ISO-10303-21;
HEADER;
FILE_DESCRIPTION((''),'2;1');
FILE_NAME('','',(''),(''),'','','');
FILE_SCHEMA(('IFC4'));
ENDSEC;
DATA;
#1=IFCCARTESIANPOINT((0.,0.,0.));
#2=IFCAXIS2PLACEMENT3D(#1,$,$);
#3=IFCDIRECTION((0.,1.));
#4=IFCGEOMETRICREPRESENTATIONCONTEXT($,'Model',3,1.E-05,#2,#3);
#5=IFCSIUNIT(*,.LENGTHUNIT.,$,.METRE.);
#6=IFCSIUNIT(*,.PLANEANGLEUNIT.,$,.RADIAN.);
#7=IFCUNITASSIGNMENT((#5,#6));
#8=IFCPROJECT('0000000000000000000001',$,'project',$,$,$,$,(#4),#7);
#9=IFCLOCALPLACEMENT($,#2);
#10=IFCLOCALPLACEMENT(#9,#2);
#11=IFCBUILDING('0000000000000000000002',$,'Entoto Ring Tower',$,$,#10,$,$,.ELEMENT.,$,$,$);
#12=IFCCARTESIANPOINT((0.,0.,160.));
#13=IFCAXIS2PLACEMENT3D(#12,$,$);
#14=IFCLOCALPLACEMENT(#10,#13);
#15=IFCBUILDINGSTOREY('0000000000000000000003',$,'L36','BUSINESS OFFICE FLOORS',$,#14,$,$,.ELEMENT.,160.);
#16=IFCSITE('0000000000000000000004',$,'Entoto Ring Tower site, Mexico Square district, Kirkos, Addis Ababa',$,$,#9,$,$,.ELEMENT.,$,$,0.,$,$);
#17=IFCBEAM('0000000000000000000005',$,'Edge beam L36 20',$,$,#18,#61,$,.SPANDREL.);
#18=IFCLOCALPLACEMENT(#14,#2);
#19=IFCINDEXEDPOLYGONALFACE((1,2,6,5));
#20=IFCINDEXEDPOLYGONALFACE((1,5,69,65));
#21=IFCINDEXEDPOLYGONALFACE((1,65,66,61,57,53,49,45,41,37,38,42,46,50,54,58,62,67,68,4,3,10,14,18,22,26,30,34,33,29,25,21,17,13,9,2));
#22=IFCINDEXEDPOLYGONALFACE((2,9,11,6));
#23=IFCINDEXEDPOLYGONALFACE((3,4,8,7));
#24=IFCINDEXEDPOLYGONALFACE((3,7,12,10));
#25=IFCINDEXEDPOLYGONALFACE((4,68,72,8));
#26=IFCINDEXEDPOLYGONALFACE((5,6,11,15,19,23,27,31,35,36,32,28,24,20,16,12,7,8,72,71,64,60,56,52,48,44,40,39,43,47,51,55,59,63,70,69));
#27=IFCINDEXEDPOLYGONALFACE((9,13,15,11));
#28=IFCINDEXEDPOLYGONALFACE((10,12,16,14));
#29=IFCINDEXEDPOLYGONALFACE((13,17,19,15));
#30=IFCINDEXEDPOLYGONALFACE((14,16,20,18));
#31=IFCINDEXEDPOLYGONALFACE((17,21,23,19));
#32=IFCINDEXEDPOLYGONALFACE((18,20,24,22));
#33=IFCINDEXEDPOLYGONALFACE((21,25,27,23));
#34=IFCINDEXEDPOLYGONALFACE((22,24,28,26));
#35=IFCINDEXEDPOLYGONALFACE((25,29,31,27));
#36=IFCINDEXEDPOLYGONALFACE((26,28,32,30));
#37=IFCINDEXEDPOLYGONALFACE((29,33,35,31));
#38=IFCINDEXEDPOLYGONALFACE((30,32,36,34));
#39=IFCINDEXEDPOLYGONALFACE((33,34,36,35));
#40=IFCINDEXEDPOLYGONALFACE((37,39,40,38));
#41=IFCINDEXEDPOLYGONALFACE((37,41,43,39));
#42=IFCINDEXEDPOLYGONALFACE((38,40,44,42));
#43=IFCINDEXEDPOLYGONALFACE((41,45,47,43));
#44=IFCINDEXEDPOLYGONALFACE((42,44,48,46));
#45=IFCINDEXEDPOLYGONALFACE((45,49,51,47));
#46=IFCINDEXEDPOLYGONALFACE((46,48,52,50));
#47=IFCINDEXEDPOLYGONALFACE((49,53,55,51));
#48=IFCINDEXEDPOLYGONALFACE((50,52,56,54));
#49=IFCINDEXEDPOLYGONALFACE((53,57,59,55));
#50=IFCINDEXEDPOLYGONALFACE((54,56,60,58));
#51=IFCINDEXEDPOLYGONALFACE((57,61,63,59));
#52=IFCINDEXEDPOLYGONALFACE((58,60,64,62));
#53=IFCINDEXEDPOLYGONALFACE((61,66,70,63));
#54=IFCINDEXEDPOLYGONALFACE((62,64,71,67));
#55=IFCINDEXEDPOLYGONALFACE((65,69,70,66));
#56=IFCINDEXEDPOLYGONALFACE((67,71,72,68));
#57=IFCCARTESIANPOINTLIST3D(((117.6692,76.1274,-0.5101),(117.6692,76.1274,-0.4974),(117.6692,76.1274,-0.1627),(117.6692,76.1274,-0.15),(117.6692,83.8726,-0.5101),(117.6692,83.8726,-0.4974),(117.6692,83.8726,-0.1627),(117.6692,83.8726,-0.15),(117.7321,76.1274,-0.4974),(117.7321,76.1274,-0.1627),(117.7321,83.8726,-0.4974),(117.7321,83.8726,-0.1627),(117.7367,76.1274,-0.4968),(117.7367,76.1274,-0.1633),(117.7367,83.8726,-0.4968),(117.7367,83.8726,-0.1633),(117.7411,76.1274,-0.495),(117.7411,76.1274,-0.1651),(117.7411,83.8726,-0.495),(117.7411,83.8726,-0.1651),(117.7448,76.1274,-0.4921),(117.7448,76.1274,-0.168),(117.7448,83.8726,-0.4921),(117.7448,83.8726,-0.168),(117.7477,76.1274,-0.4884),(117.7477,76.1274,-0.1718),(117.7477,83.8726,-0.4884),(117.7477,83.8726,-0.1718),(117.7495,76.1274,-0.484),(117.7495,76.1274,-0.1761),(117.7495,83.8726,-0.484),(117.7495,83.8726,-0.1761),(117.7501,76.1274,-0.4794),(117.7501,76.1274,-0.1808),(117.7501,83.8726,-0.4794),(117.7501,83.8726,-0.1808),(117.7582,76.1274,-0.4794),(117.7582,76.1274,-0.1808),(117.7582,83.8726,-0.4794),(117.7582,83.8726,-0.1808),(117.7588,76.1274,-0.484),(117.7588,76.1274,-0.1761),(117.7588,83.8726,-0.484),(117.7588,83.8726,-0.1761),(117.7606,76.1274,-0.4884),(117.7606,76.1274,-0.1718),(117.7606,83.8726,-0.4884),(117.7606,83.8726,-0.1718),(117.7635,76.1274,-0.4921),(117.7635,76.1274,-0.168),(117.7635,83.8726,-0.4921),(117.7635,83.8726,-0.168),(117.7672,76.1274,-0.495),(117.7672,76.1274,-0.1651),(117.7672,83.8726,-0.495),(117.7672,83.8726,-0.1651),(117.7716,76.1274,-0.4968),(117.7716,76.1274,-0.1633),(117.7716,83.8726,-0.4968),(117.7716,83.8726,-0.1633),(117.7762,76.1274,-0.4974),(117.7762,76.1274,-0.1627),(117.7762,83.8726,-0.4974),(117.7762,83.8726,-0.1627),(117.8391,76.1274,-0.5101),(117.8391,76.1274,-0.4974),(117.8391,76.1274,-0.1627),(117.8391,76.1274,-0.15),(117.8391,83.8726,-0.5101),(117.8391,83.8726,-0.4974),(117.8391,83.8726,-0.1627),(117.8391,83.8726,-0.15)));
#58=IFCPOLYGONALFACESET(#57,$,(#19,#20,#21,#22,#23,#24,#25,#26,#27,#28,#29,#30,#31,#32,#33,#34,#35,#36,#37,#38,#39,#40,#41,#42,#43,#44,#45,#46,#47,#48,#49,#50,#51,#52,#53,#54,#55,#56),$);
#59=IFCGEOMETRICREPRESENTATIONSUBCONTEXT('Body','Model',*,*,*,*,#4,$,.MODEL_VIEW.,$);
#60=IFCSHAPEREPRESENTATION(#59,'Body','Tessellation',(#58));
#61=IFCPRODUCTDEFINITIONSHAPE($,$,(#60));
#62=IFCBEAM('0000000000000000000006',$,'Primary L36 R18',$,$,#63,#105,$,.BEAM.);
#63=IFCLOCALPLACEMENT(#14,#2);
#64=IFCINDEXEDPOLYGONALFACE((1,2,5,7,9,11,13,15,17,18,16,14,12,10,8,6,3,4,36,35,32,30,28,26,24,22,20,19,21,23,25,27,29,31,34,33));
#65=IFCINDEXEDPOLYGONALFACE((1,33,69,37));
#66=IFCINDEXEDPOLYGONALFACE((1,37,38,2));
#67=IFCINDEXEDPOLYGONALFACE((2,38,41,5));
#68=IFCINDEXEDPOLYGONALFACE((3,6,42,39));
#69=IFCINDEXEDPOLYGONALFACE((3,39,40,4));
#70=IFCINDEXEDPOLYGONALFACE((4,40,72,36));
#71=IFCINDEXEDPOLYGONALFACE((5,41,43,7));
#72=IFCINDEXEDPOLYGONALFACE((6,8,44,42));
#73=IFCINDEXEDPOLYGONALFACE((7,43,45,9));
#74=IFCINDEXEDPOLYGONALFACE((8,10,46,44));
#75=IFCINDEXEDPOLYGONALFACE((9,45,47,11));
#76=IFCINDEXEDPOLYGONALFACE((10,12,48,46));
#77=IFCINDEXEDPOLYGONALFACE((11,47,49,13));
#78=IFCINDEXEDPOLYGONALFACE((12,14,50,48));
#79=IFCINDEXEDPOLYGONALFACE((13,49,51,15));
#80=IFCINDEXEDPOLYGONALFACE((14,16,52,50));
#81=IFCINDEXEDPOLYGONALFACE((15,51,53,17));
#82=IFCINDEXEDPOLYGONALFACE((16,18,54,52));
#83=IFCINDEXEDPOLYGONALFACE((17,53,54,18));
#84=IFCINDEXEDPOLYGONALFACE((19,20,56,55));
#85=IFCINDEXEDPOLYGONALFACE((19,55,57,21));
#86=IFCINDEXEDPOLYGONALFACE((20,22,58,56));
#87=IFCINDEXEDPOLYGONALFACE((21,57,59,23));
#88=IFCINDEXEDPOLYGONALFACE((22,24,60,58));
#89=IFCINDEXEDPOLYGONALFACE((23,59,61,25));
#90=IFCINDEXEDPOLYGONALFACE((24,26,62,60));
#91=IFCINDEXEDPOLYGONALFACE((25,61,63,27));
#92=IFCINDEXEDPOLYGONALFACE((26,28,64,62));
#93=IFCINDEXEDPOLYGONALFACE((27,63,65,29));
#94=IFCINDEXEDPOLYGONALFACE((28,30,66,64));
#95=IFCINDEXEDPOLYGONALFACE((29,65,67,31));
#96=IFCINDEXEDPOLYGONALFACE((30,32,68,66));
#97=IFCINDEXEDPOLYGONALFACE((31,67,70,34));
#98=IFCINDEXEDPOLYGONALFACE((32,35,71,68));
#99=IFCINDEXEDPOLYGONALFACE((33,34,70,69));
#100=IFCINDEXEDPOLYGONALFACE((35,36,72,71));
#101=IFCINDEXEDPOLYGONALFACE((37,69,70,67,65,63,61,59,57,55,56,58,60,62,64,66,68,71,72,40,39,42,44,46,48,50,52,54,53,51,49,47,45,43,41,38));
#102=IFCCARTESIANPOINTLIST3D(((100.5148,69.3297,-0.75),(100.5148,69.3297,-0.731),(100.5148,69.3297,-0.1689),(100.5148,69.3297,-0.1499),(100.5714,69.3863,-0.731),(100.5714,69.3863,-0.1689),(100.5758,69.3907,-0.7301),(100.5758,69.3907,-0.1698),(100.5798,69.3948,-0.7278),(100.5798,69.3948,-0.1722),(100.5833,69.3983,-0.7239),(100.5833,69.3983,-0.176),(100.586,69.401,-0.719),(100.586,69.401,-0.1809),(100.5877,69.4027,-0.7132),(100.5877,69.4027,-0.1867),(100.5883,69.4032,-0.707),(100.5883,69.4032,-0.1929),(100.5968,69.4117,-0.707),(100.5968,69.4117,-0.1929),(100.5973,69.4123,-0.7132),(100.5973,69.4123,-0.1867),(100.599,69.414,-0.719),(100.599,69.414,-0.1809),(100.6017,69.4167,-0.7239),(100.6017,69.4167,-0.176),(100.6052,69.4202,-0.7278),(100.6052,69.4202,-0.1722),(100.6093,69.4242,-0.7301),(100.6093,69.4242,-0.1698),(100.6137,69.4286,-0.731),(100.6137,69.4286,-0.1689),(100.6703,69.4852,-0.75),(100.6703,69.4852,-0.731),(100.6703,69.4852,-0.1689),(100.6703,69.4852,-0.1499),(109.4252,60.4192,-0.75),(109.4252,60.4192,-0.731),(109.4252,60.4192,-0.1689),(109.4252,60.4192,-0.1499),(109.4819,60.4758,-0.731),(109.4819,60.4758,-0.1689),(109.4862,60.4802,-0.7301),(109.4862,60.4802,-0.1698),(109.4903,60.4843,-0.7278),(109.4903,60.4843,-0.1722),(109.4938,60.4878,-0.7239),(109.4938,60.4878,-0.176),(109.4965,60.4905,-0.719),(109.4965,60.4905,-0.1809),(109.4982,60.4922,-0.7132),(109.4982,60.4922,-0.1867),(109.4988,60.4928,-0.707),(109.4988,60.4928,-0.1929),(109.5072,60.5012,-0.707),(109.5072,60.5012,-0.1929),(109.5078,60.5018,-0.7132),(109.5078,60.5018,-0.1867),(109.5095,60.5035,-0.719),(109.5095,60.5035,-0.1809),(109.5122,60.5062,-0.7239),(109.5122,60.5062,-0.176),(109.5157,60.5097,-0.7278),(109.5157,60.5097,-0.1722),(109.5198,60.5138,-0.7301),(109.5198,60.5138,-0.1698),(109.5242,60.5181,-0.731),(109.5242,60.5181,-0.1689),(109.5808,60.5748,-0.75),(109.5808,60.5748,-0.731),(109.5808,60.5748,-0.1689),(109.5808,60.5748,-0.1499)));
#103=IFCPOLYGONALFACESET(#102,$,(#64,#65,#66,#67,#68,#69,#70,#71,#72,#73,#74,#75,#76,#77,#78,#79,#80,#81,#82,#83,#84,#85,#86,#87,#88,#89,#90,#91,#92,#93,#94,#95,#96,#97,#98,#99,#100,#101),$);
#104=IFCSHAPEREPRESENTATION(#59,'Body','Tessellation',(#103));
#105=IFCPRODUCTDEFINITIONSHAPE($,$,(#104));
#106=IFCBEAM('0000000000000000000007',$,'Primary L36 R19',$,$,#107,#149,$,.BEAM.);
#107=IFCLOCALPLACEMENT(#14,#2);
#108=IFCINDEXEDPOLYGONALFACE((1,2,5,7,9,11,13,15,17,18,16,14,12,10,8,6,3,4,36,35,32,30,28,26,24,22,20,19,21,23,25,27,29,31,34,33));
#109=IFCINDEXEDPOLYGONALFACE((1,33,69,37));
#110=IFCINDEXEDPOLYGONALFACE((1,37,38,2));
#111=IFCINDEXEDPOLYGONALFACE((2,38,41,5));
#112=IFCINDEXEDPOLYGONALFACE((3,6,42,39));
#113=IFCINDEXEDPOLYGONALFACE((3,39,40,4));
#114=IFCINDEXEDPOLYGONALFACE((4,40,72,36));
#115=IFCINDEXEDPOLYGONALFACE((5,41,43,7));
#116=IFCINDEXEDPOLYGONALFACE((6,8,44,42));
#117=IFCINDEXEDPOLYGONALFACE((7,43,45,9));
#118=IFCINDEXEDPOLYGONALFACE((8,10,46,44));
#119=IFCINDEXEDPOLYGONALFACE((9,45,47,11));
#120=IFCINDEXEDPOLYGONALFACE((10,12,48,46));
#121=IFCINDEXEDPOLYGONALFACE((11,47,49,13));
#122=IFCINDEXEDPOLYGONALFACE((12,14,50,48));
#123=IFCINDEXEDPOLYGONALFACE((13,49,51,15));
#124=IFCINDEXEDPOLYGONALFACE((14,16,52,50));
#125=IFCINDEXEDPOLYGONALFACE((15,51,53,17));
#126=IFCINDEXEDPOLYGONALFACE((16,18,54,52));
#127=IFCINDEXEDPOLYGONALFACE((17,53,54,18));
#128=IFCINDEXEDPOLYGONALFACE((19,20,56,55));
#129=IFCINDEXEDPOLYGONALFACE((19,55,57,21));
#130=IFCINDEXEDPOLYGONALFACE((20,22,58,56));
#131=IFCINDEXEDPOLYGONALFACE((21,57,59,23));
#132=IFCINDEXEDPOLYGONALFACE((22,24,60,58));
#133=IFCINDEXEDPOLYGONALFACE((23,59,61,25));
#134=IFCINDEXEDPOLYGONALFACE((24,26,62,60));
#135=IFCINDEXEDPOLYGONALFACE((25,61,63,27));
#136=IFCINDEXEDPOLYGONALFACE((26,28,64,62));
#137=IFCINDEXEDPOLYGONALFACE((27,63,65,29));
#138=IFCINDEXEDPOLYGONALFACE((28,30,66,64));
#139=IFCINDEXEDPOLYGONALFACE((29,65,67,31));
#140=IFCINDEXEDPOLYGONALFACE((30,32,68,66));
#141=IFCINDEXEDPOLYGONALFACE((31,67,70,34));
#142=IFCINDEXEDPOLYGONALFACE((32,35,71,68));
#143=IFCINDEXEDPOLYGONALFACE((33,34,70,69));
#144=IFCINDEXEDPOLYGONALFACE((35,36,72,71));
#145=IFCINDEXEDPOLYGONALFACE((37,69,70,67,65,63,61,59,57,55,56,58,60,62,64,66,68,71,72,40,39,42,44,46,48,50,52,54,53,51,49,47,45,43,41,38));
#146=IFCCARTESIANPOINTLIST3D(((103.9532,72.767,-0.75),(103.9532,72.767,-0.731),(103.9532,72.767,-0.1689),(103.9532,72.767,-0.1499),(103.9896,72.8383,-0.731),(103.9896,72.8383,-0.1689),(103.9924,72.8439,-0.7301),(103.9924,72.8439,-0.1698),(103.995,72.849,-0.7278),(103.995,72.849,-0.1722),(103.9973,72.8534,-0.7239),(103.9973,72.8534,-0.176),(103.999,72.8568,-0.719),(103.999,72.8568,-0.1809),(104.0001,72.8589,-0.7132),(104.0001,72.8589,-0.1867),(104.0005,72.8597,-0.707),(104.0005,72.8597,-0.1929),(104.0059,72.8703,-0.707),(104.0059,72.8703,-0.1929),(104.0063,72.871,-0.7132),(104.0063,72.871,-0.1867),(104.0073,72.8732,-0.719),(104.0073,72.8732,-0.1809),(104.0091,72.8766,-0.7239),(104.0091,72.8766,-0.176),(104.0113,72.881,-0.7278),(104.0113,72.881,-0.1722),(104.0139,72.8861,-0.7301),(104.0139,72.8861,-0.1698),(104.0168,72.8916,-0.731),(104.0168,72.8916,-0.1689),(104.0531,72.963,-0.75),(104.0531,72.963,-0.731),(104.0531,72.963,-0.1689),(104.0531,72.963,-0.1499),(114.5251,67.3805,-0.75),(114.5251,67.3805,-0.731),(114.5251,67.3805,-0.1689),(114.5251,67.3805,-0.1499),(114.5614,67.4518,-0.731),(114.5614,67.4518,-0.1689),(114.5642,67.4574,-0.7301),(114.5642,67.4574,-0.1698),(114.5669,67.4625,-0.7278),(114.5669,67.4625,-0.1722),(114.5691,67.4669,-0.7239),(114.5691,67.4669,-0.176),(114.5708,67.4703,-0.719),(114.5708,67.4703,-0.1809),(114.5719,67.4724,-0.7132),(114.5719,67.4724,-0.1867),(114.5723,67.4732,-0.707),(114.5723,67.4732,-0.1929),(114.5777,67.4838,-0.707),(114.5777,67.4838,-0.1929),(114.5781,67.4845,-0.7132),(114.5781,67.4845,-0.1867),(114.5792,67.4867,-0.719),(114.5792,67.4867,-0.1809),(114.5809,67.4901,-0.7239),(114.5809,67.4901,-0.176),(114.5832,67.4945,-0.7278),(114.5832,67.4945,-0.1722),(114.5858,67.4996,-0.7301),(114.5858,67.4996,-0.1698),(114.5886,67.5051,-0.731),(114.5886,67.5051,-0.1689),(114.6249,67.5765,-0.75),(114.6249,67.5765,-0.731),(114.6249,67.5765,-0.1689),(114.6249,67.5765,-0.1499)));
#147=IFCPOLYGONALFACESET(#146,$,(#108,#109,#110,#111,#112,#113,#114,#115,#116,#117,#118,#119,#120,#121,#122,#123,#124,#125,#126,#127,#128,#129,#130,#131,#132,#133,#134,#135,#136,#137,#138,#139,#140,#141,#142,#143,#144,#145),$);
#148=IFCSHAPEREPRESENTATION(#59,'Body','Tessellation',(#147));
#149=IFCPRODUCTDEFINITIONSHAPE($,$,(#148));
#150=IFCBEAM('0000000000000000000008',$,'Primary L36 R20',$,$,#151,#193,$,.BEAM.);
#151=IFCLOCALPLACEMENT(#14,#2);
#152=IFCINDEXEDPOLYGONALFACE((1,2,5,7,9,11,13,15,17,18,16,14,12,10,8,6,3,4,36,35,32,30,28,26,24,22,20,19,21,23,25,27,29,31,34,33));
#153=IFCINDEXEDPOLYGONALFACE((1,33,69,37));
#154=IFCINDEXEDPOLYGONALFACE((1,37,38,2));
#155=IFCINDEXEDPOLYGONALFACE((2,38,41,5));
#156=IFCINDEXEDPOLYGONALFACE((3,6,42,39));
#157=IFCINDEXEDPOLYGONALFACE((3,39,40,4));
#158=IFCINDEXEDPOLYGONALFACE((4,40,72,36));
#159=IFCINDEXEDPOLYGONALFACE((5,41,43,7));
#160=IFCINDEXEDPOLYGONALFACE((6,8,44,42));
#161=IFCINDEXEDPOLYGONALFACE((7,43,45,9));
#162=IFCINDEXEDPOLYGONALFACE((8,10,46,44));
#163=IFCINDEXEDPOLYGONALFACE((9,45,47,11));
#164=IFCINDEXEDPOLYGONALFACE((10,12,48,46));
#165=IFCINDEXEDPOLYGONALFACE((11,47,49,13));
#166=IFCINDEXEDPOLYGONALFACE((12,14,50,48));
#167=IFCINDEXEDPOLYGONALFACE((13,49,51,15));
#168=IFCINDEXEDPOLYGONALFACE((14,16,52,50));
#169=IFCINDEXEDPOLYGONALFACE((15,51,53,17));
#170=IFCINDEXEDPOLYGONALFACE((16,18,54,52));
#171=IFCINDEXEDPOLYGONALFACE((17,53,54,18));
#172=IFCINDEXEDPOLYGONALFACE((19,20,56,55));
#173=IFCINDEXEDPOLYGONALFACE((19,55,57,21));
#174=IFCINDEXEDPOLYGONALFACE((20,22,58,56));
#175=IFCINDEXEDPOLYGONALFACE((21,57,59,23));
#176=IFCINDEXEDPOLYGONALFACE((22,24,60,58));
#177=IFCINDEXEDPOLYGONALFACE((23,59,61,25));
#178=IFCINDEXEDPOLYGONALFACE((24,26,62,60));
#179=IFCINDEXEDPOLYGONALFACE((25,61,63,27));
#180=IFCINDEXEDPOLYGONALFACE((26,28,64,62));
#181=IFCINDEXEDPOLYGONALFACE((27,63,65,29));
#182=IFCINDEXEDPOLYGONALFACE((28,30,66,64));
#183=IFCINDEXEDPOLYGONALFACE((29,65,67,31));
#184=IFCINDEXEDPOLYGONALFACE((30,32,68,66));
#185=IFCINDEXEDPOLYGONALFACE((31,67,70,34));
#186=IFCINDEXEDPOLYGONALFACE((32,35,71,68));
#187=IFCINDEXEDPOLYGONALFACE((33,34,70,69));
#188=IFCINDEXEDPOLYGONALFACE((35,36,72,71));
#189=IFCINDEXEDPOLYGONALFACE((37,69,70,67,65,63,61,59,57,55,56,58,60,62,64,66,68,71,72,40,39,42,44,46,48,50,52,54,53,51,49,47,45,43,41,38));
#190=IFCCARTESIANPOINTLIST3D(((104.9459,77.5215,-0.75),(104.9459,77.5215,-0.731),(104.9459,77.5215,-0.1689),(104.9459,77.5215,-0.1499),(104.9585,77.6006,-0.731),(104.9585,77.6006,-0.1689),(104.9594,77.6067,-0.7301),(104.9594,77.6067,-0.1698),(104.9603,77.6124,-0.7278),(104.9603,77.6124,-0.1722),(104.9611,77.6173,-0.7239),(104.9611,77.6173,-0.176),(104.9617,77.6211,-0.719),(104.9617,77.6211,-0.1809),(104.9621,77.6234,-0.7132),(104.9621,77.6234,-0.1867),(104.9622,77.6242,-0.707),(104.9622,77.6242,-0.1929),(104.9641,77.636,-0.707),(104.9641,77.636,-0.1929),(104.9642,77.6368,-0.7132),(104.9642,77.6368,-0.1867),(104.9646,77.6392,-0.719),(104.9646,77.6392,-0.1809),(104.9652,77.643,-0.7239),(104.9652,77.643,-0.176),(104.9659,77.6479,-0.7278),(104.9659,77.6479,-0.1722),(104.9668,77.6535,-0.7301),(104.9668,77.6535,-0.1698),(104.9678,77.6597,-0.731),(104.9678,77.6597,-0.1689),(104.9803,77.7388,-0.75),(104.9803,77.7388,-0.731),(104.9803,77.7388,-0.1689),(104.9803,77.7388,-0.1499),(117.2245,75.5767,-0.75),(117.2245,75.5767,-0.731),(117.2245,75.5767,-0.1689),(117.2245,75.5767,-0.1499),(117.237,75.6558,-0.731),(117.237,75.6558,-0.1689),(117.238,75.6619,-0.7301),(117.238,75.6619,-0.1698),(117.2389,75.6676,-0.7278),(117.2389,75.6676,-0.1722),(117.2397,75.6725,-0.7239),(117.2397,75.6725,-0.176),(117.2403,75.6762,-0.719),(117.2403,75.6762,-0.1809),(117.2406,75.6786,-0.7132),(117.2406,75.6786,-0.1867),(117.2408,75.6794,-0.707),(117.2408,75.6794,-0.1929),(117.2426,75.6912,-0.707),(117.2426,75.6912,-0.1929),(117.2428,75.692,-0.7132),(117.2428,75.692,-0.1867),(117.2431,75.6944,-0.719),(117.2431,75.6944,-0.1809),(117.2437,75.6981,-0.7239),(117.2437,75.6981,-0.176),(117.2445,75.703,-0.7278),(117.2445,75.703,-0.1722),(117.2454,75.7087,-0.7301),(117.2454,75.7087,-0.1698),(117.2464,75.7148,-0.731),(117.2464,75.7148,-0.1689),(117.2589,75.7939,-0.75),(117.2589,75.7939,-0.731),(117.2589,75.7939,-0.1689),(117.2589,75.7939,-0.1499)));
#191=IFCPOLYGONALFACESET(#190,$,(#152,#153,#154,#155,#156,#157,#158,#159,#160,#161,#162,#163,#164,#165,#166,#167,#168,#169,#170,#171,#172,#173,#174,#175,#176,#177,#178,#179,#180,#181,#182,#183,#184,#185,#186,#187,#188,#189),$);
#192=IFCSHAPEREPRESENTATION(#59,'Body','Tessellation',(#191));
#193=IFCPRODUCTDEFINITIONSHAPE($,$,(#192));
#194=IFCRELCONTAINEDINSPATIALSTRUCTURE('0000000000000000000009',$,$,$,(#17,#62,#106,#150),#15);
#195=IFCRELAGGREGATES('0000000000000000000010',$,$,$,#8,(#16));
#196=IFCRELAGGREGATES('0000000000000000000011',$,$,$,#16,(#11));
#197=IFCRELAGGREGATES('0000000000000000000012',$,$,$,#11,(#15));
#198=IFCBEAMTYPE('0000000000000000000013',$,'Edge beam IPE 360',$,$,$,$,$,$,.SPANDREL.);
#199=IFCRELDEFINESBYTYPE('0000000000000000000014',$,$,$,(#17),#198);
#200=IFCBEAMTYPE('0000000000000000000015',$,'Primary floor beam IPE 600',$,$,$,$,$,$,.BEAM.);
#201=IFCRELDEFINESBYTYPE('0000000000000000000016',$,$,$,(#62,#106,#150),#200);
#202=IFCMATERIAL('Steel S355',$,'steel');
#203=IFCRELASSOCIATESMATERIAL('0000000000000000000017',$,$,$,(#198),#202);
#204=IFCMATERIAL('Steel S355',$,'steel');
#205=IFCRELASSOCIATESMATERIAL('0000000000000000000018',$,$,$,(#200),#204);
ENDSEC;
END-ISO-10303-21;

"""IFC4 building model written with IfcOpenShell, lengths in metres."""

from ifc_helpers import new_model, si_unit, direction, frame, origin, origin_2d, place, context, subcontext, project, spatial, i_section, extrude, material, material_profile, profile_set, type_object, element, save


model = new_model("IFC4")

# Units and contexts
model_context = context("Model", 3, precision=1e-05, world=origin(), true_north=direction((0.0, 1.0)))
body_context = subcontext(model_context, "Body", "Model", "MODEL_VIEW")
ifc_project = project(units=[si_unit("LENGTHUNIT", "METRE"), si_unit("PLANEANGLEUNIT", "RADIAN")], contexts=[model_context])

# Site, building, storey
site_placement = place(None, origin())
site = spatial("IfcSite", under=ifc_project, at=site_placement, Name="Entoto Ring Tower site, Mexico Square district, Kirkos, Addis Ababa", CompositionType="ELEMENT", RefElevation=0.0)
building_placement = place(site_placement, origin())
building = spatial("IfcBuilding", under=site, at=building_placement, Name="Entoto Ring Tower", CompositionType="ELEMENT")
storey_placement = place(building_placement, frame((0.0, 0.0, 160.0)))
storey = spatial("IfcBuildingStorey", under=building, at=storey_placement, Name="L36", Description="BUSINESS OFFICE FLOORS", CompositionType="ELEMENT", Elevation=160.0)

# Beams
ifc_material_1 = material(Name="Steel S355", Category="steel")
ifc_material_profile_1 = material_profile(ifc_material_1, i_section(OverallWidth=0.1699, OverallDepth=0.3601, WebThickness=0.0081, FlangeThickness=0.0127, FilletRadius=0.0181, at=origin_2d()), Name="IPE 360")
ifc_profile_set_1 = profile_set([ifc_material_profile_1], Name="Steel S355")
beam_type_1 = type_object("IfcBeamType", Name="Edge beam IPE 360", PredefinedType="SPANDREL", material=ifc_profile_set_1)
for number, where, z_axis, x_axis, name in (
    (1, (117.7542, 76.1274, -0.3301), (0.0, 1.0, 0.0), (-1.0, 0.0, 0.0), "Edge beam L36 20"),
):
    element("IfcBeam", number, at=place(storey_placement, frame(where, z_axis=z_axis, x_axis=x_axis)), inside=storey, type_object=beam_type_1, Name=name, PredefinedType="SPANDREL", context=body_context, shape_type="SweptSolid", body=[
        extrude(i_section(OverallWidth=0.1699, OverallDepth=0.3601, WebThickness=0.0081, FlangeThickness=0.0127, FilletRadius=0.0181, at=origin_2d()), origin(), (0.0, 0.0, 1.0), 7.7451),
    ])
ifc_material_2 = material(Name="Steel S355", Category="steel")
ifc_material_profile_2 = material_profile(ifc_material_2, i_section(OverallWidth=0.22, OverallDepth=0.6001, WebThickness=0.012, FlangeThickness=0.019, FilletRadius=0.0239, at=origin_2d()), Name="IPE 600")
ifc_profile_set_2 = profile_set([ifc_material_profile_2], Name="Steel S355")
beam_type_2 = type_object("IfcBeamType", Name="Primary floor beam IPE 600", PredefinedType="BEAM", material=ifc_profile_set_2)
beam_1_placement = place(storey_placement, frame((100.5925, 69.4075, -0.45), z_axis=(0.707107, -0.707107, 0.0), x_axis=(0.707107, 0.707107, 0.0)))
element("IfcBeam", 2, at=beam_1_placement, inside=storey, type_object=beam_type_2, Name="Primary L36 R18", PredefinedType="BEAM", context=body_context, shape_type="SweptSolid", body=[
    extrude(i_section(OverallWidth=0.22, OverallDepth=0.6001, WebThickness=0.012, FlangeThickness=0.019, FilletRadius=0.0239, at=origin_2d()), origin(), (0.0, 0.0, 1.0), 12.6013),
])
beam_2_placement = place(storey_placement, frame((104.0032, 72.865, -0.45), z_axis=(0.89101, -0.453983, 0.0), x_axis=(0.453983, 0.89101, 0.0)))
element("IfcBeam", 3, at=beam_2_placement, inside=storey, type_object=beam_type_2, Name="Primary L36 R19", PredefinedType="BEAM", context=body_context, shape_type="SweptSolid", body=[
    extrude(i_section(OverallWidth=0.22, OverallDepth=0.6001, WebThickness=0.012, FlangeThickness=0.019, FilletRadius=0.0239, at=origin_2d()), origin(), (0.0, 0.0, 1.0), 11.865),
])
beam_3_placement = place(storey_placement, frame((104.9631, 77.6301, -0.45), z_axis=(0.987687, -0.156442, 0.0), x_axis=(0.156442, 0.987687, 0.0)))
element("IfcBeam", 4, at=beam_3_placement, inside=storey, type_object=beam_type_2, Name="Primary L36 R20", PredefinedType="BEAM", context=body_context, shape_type="SweptSolid", body=[
    extrude(i_section(OverallWidth=0.22, OverallDepth=0.6001, WebThickness=0.012, FlangeThickness=0.019, FilletRadius=0.0239, at=origin_2d()), origin(), (0.0, 0.0, 1.0), 12.4316),
])

save(model, "model.ifc")
